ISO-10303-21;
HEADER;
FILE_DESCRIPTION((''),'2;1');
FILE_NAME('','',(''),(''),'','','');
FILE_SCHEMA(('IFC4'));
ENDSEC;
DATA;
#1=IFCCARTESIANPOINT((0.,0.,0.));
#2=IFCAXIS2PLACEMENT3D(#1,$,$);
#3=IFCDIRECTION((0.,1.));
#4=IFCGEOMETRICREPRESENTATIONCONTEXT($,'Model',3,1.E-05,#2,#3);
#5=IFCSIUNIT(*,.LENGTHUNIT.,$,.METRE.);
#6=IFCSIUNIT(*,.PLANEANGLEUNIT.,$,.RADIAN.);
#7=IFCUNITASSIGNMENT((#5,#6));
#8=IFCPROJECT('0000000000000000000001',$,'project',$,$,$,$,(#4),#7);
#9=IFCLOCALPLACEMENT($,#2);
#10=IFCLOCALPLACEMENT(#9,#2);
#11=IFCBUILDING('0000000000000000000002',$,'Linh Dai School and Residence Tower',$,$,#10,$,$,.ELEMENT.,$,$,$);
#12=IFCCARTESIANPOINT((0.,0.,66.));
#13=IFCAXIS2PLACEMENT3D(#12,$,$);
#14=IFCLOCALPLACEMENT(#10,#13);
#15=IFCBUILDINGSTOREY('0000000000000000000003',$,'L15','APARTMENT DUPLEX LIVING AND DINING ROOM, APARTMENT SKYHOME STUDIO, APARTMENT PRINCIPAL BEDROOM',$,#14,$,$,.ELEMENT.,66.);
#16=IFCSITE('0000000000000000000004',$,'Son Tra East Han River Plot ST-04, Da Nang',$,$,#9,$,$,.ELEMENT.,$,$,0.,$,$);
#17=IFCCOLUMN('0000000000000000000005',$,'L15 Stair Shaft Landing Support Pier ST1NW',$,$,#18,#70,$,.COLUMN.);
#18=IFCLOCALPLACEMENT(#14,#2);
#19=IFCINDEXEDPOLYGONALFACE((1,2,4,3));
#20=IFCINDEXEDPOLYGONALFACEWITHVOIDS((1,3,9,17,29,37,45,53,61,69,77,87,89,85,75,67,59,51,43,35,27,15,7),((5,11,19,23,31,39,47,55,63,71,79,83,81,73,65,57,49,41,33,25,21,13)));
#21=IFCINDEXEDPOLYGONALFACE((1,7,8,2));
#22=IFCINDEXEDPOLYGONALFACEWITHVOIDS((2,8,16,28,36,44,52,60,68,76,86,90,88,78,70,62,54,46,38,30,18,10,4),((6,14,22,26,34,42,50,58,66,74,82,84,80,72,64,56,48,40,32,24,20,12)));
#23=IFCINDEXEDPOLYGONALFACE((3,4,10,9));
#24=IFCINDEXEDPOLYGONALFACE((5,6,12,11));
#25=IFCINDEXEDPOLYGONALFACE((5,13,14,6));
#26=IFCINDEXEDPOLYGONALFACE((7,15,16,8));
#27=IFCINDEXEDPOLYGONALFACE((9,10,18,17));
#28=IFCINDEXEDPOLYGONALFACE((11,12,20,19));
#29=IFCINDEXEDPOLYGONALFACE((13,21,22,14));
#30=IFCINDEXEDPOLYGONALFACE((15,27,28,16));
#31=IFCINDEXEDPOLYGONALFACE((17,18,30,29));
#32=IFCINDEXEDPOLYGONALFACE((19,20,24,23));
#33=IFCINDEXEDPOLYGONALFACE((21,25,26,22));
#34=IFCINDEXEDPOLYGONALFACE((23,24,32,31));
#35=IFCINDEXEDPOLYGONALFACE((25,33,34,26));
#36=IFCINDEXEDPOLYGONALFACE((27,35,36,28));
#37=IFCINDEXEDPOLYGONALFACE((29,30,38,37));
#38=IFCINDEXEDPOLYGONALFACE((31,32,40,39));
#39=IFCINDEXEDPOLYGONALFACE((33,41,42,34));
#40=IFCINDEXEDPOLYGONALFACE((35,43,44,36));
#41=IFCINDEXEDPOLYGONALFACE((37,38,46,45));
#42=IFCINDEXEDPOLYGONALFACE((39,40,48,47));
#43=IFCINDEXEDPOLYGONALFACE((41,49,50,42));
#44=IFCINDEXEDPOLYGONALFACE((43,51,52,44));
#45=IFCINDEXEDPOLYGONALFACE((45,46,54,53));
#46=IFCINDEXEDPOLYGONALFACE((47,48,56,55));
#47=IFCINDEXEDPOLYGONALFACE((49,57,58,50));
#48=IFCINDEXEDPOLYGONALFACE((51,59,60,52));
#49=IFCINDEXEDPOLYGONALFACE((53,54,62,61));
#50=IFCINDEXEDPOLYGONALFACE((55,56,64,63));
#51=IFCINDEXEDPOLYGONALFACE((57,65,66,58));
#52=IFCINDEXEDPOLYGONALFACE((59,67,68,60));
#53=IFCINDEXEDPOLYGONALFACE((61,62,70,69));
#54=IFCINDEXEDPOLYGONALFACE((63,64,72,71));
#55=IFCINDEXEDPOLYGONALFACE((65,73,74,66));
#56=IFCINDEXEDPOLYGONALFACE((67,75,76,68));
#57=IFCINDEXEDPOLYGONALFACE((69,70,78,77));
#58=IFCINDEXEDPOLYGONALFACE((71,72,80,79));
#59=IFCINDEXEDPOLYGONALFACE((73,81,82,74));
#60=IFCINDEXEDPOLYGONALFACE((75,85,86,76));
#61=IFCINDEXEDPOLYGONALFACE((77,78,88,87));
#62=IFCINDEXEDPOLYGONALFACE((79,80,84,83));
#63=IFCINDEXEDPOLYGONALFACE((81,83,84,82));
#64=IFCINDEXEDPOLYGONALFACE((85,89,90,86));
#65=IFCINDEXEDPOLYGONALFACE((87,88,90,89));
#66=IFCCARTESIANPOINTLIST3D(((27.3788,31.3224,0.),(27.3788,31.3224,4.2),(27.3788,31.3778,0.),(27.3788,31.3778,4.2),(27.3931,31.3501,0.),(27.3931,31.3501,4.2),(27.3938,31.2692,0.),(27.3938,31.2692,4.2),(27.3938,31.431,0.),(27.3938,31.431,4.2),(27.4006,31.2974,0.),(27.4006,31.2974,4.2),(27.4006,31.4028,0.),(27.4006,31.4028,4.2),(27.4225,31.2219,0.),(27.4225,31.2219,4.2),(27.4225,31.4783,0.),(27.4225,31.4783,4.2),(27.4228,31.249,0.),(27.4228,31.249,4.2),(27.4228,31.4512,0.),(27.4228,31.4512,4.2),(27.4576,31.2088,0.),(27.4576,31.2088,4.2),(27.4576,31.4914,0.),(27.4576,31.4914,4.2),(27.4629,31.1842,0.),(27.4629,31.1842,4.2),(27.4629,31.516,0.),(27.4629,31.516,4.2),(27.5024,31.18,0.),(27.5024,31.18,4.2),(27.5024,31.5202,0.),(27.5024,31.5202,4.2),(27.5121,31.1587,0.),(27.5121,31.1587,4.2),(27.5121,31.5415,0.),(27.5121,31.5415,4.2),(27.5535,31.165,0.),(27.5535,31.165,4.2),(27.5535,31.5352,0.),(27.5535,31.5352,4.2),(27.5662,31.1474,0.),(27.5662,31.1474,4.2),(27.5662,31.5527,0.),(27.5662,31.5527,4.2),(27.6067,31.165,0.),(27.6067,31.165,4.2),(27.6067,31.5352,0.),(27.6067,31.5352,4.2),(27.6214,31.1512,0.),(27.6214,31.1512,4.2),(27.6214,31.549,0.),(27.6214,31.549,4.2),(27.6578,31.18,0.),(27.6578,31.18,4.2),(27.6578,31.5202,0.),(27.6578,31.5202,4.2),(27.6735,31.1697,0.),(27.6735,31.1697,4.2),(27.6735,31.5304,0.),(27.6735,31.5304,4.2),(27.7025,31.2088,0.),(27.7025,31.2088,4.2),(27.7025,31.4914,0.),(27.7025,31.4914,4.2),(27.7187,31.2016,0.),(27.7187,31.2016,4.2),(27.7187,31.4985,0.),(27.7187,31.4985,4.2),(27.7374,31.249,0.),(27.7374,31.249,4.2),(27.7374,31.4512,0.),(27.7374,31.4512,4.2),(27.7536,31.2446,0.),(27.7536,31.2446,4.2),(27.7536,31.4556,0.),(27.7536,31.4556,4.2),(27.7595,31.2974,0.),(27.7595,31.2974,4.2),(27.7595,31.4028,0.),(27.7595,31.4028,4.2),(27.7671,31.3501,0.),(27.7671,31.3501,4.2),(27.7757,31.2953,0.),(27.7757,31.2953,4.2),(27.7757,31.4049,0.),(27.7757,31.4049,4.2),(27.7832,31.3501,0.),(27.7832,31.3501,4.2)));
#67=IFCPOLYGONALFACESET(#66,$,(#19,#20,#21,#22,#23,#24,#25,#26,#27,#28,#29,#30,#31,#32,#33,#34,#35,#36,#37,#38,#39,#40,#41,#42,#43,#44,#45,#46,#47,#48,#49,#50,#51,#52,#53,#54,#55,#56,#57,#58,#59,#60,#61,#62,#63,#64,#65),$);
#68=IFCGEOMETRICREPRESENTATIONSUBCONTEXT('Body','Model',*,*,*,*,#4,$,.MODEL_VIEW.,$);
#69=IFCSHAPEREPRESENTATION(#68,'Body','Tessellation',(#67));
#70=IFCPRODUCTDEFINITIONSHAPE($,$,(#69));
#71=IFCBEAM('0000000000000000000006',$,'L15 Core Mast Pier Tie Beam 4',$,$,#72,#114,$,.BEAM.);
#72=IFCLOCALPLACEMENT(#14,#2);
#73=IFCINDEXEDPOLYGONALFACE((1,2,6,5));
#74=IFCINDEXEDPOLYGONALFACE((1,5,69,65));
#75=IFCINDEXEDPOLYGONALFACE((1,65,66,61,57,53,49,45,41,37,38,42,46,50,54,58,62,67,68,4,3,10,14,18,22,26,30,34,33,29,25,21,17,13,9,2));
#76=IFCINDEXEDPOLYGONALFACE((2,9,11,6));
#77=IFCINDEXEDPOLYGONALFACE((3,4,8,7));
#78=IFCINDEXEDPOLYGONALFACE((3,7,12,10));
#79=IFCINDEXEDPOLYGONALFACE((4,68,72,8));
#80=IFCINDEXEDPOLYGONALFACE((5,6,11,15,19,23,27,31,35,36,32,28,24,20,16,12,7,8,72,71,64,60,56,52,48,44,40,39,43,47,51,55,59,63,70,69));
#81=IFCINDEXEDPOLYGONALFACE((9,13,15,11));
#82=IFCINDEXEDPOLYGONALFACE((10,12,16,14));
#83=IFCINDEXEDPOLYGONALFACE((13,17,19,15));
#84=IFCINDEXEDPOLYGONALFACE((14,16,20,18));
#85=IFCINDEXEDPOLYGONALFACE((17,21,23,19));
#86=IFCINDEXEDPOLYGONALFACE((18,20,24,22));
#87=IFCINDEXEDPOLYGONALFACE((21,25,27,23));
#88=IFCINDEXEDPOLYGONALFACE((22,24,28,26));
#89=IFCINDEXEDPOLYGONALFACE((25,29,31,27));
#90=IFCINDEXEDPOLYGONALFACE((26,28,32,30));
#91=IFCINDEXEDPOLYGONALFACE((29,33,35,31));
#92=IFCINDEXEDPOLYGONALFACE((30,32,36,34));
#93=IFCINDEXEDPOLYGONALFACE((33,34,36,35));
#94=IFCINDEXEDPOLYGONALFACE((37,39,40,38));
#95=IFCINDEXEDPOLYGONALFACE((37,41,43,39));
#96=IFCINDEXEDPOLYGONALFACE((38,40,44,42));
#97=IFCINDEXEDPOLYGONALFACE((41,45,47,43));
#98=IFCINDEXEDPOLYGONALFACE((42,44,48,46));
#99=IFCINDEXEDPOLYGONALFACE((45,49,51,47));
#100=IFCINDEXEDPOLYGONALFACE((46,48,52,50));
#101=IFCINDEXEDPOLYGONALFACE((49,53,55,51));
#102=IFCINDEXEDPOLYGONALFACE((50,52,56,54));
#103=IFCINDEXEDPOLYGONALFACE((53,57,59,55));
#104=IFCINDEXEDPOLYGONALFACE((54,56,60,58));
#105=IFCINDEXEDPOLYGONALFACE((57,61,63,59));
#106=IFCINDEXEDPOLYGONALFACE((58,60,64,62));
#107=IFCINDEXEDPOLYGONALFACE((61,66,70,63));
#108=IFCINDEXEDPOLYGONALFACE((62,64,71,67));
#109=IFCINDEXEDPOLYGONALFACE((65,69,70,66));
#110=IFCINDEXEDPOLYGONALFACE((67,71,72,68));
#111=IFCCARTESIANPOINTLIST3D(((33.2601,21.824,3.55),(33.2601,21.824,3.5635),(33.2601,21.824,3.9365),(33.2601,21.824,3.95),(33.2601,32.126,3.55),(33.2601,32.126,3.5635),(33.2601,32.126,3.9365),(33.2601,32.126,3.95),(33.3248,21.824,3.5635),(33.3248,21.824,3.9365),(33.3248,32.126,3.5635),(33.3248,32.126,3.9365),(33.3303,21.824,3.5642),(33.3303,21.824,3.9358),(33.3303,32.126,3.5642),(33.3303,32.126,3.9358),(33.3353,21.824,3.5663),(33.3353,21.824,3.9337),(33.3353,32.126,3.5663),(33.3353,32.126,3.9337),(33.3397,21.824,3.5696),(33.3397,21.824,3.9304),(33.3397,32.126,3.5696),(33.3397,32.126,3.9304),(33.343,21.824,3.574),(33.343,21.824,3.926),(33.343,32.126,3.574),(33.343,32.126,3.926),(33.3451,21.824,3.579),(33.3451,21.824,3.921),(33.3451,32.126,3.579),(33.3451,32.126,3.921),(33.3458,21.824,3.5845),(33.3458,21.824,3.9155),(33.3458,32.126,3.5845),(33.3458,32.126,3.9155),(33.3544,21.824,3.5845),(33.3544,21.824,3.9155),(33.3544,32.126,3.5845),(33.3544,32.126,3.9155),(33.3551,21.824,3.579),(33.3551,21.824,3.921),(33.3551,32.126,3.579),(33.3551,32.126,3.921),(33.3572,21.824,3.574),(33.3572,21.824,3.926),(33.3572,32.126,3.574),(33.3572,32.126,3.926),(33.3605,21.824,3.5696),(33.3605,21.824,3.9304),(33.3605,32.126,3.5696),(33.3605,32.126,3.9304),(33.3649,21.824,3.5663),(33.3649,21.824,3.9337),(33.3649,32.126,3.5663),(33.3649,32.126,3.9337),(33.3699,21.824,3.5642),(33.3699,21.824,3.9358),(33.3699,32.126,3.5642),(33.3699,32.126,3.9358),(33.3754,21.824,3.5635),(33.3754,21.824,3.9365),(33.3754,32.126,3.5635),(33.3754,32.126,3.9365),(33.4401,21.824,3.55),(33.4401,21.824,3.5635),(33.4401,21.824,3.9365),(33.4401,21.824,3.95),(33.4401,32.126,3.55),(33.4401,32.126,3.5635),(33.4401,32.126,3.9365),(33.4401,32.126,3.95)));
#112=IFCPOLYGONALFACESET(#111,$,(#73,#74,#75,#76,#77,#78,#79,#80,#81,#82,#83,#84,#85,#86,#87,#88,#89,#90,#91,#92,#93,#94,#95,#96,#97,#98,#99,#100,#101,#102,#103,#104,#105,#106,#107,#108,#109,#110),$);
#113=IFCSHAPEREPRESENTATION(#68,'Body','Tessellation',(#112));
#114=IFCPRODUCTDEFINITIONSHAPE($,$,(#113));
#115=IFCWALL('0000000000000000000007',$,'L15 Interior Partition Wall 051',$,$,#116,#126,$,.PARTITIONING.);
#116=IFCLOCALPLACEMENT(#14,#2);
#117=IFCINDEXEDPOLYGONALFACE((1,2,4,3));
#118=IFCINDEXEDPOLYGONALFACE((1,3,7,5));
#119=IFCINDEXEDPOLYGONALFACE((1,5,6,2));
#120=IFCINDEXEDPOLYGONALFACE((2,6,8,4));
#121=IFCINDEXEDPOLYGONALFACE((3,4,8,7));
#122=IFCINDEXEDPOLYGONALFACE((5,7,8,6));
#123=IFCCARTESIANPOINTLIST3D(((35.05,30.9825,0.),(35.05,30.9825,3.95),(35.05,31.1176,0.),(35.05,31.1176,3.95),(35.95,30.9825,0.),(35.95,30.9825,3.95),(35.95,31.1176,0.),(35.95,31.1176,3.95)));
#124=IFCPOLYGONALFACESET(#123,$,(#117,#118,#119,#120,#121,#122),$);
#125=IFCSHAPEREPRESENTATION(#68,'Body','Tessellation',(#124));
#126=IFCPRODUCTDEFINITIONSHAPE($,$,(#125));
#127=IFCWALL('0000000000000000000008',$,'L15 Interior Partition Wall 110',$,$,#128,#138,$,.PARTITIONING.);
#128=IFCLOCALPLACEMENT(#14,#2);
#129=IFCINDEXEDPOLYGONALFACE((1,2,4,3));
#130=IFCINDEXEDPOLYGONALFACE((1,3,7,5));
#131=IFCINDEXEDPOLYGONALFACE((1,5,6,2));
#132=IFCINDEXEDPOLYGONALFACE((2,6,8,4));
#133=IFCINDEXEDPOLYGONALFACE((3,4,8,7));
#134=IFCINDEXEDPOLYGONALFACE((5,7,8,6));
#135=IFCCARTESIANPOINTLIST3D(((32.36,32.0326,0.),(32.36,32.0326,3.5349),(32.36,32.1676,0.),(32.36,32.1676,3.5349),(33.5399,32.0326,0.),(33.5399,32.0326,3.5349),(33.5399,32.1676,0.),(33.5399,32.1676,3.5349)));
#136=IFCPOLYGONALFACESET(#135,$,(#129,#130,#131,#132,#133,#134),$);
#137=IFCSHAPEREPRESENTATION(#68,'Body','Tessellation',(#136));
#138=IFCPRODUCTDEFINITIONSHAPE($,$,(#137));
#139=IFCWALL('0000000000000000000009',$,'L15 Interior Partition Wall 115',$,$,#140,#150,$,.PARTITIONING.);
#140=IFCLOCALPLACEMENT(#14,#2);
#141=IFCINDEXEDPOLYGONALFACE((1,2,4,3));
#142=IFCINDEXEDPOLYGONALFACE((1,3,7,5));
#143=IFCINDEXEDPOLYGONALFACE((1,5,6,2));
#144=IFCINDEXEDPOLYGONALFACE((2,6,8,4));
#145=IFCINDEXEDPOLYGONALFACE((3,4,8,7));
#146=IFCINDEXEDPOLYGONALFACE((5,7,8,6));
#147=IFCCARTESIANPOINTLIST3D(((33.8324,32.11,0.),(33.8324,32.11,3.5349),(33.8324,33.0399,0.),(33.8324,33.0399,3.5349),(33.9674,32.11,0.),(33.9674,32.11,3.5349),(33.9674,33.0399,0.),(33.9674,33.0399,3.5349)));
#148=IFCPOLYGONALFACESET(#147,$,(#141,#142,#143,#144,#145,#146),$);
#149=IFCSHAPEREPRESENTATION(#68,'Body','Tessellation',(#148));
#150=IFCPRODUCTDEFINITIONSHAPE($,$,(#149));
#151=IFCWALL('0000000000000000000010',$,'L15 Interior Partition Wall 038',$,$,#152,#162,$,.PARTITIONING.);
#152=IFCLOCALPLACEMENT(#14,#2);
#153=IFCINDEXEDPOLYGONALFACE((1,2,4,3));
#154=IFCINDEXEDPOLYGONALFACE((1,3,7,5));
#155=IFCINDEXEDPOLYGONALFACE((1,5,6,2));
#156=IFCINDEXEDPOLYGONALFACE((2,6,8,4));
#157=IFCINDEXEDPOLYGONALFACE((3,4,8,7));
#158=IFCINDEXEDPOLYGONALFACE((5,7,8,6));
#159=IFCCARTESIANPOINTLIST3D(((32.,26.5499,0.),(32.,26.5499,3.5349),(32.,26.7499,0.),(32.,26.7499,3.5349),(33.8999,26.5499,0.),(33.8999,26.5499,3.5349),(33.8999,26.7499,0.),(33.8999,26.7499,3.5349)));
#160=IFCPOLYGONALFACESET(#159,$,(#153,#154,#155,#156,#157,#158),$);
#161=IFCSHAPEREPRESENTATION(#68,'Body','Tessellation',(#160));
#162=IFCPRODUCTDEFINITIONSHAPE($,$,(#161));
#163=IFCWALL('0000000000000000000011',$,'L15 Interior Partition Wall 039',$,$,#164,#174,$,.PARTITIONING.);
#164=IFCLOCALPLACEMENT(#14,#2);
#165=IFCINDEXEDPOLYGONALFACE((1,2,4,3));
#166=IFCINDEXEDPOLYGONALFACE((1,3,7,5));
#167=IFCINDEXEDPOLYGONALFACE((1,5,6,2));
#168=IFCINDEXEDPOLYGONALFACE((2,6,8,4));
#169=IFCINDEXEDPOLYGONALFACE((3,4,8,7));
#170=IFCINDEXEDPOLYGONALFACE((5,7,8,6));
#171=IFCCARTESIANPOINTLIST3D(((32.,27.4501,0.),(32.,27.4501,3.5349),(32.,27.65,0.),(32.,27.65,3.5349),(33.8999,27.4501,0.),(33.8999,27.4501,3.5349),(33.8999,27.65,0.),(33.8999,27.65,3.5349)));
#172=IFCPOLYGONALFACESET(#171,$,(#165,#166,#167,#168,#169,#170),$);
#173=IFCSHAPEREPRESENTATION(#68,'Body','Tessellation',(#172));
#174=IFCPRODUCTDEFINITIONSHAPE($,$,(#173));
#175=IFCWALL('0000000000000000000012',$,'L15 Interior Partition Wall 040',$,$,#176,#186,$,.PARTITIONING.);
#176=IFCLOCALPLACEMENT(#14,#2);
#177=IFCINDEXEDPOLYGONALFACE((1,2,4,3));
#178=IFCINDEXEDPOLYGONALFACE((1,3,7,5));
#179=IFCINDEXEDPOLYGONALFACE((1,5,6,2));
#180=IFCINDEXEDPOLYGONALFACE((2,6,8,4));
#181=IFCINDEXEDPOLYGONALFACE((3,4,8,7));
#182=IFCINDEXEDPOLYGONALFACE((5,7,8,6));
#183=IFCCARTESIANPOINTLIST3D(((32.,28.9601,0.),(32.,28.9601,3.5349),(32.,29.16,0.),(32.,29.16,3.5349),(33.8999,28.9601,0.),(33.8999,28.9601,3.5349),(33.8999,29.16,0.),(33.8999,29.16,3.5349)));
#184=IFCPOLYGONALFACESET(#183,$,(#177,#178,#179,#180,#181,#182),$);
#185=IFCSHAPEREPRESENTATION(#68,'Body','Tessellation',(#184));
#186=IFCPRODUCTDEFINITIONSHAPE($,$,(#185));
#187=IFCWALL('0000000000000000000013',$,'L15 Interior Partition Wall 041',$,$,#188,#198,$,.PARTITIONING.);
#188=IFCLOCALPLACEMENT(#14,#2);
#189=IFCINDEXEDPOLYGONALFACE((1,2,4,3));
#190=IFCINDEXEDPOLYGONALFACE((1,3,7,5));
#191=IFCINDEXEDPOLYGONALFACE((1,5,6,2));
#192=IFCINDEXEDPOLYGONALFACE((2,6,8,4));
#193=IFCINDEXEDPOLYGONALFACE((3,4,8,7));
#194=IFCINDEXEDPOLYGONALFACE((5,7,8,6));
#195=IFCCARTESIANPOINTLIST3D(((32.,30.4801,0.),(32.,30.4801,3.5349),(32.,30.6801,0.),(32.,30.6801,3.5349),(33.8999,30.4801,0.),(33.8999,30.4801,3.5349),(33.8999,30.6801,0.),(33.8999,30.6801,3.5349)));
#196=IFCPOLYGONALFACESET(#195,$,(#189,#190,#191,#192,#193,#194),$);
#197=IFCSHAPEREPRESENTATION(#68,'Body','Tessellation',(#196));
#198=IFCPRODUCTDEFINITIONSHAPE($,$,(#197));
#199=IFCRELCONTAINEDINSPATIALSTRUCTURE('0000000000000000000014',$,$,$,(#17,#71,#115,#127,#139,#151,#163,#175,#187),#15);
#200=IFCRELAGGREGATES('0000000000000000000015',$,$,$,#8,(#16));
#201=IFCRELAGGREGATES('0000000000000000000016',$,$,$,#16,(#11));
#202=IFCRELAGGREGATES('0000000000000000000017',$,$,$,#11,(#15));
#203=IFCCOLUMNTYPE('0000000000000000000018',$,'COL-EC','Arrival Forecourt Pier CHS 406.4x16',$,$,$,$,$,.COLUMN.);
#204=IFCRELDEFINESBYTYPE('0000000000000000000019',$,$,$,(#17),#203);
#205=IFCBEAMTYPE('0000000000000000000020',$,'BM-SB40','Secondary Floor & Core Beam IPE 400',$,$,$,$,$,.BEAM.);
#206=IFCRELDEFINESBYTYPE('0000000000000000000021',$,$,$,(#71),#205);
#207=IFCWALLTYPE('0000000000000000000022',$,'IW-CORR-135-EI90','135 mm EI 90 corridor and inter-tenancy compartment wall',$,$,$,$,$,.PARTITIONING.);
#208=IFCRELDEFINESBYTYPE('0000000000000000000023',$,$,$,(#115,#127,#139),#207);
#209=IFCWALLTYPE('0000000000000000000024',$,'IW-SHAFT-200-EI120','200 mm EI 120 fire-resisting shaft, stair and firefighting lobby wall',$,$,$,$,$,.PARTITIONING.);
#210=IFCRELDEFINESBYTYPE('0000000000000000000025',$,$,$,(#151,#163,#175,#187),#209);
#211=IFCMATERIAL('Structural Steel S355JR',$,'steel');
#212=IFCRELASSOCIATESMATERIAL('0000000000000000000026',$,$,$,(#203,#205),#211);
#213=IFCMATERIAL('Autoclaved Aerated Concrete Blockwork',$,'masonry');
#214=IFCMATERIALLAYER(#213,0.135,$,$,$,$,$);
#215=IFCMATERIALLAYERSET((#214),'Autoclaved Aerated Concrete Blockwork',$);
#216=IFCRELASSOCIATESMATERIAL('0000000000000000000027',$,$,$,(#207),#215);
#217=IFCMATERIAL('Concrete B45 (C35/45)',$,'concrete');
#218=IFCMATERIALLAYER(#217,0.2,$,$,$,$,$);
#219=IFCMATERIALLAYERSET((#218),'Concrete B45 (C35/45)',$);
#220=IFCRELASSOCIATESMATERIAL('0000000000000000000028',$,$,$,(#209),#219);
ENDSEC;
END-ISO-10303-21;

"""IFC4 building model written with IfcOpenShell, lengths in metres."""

from ifc_helpers import new_model, si_unit, direction, frame, frame_2d, origin, origin_2d, place, context, subcontext, project, spatial, rectangle, hollow_circle, i_section, extrude, material, layer, layer_set, material_profile, profile_set, type_object, element, save


model = new_model("IFC4")

# Units and contexts
model_context = context("Model", 3, precision=1e-05, world=origin(), true_north=direction((0.0, 1.0)))
body_context = subcontext(model_context, "Body", "Model", "MODEL_VIEW")
ifc_project = project(units=[si_unit("LENGTHUNIT", "METRE"), si_unit("PLANEANGLEUNIT", "RADIAN")], contexts=[model_context])

# Site, building, storey
site_placement = place(None, origin())
site = spatial("IfcSite", under=ifc_project, at=site_placement, Name="Son Tra East Han River Plot ST-04, Da Nang", CompositionType="ELEMENT", RefElevation=0.0)
building_placement = place(site_placement, origin())
building = spatial("IfcBuilding", under=site, at=building_placement, Name="Linh Dai School and Residence Tower", CompositionType="ELEMENT")
storey_placement = place(building_placement, frame((0.0, 0.0, 66.0)))
storey = spatial("IfcBuildingStorey", under=building, at=storey_placement, Name="L15", Description="APARTMENT DUPLEX LIVING AND DINING ROOM, APARTMENT SKYHOME STUDIO, APARTMENT PRINCIPAL BEDROOM", CompositionType="ELEMENT", Elevation=66.0)

# Column
ifc_material_1 = material(Name="Structural Steel S355JR", Category="steel")
ifc_material_profile_1 = material_profile(ifc_material_1, hollow_circle(Radius=0.2031, WallThickness=0.0161, at=origin_2d()), Name="CHS 406.4x16")
ifc_profile_set_1 = profile_set([ifc_material_profile_1], Name="Structural Steel S355JR")
column_type = type_object("IfcColumnType", Name="COL-EC", Description="Arrival Forecourt Pier CHS 406.4x16", PredefinedType="COLUMN", material=ifc_profile_set_1)
column_placement = place(storey_placement, frame((27.5801, 31.3501, 0.0), z_axis=(0.0, 0.0, 1.0), x_axis=(1.0, 0.0, 0.0)))
element("IfcColumn", 1, at=column_placement, inside=storey, type_object=column_type, Name="L15 Stair Shaft Landing Support Pier ST1NW", PredefinedType="COLUMN", context=body_context, shape_type="SweptSolid", body=[
    extrude(hollow_circle(Radius=0.2031, WallThickness=0.0161, at=origin_2d()), origin(), (0.0, 0.0, 1.0), 4.2),
])

# Beam
ifc_material_profile_2 = material_profile(ifc_material_1, i_section(OverallWidth=0.1799, OverallDepth=0.3999, WebThickness=0.0085, FlangeThickness=0.0134, FilletRadius=0.021, at=origin_2d()), Name="IPE 400")
ifc_profile_set_2 = profile_set([ifc_material_profile_2], Name="Structural Steel S355JR")
beam_type = type_object("IfcBeamType", Name="BM-SB40", Description="Secondary Floor & Core Beam IPE 400", PredefinedType="BEAM", material=ifc_profile_set_2)
beam_placement = place(storey_placement, frame((33.3501, 32.126, 3.75), z_axis=(0.0, -1.0, 0.0), x_axis=(1.0, 0.0, 0.0)))
element("IfcBeam", 2, at=beam_placement, inside=storey, type_object=beam_type, Name="L15 Core Mast Pier Tie Beam 4", PredefinedType="BEAM", context=body_context, shape_type="SweptSolid", body=[
    extrude(i_section(OverallWidth=0.1799, OverallDepth=0.3999, WebThickness=0.0085, FlangeThickness=0.0134, FilletRadius=0.021, at=origin_2d()), origin(), (0.0, 0.0, 1.0), 10.302),
])

# Shared definitions
ifc_material_2 = material(Name="Autoclaved Aerated Concrete Blockwork", Category="masonry")
ifc_layer_1 = layer(ifc_material_2, 0.135)
ifc_layer_set_1 = layer_set([ifc_layer_1], Name="Autoclaved Aerated Concrete Blockwork")
wall_type_1 = type_object("IfcWallType", Name="IW-CORR-135-EI90", Description="135 mm EI 90 corridor and inter-tenancy compartment wall", PredefinedType="PARTITIONING", material=ifc_layer_set_1)

# Walls
wall_1_placement = place(storey_placement, frame((35.05, 31.05, 0.0), z_axis=(0.0, 0.0, 1.0), x_axis=(1.0, 0.0, 0.0)))
element("IfcWall", 3, at=wall_1_placement, inside=storey, type_object=wall_type_1, Name="L15 Interior Partition Wall 051", PredefinedType="PARTITIONING", context=body_context, shape_type="SweptSolid", body=[
    extrude(rectangle(XDim=0.8999, YDim=0.135, at=frame_2d((0.45, 0.0))), origin(), (0.0, 0.0, 1.0), 3.95),
])
wall_2_placement = place(storey_placement, frame((32.3601, 32.1001, 0.0), z_axis=(0.0, 0.0, 1.0), x_axis=(1.0, 0.0, 0.0)))
element("IfcWall", 4, at=wall_2_placement, inside=storey, type_object=wall_type_1, Name="L15 Interior Partition Wall 110", PredefinedType="PARTITIONING", context=body_context, shape_type="SweptSolid", body=[
    extrude(rectangle(XDim=1.1799, YDim=0.135, at=frame_2d((0.5898, 0.0))), origin(), (0.0, 0.0, 1.0), 3.5349),
])
wall_3_placement = place(storey_placement, frame((33.8999, 32.1101, 0.0), z_axis=(0.0, 0.0, 1.0), x_axis=(0.0, 1.0, 0.0)))
element("IfcWall", 5, at=wall_3_placement, inside=storey, type_object=wall_type_1, Name="L15 Interior Partition Wall 115", PredefinedType="PARTITIONING", context=body_context, shape_type="SweptSolid", body=[
    extrude(rectangle(XDim=0.9299, YDim=0.135, at=frame_2d((0.4648, 0.0))), origin(), (0.0, 0.0, 1.0), 3.5349),
])
ifc_material_3 = material(Name="Concrete B45 (C35/45)", Category="concrete")
ifc_layer_2 = layer(ifc_material_3, 0.2)
ifc_layer_set_2 = layer_set([ifc_layer_2], Name="Concrete B45 (C35/45)")
wall_type_2 = type_object("IfcWallType", Name="IW-SHAFT-200-EI120", Description="200 mm EI 120 fire-resisting shaft, stair and firefighting lobby wall", PredefinedType="PARTITIONING", material=ifc_layer_set_2)
for number, where, z_axis, x_axis, name in (
    (6, (32.0, 26.6499, 0.0), (0.0, 0.0, 1.0), (1.0, 0.0, 0.0), "L15 Interior Partition Wall 038"),
    (7, (32.0, 27.55, 0.0), (0.0, 0.0, 1.0), (1.0, 0.0, 0.0), "L15 Interior Partition Wall 039"),
    (8, (32.0, 29.0601, 0.0), (0.0, 0.0, 1.0), (1.0, 0.0, 0.0), "L15 Interior Partition Wall 040"),
    (9, (32.0, 30.5801, 0.0), (0.0, 0.0, 1.0), (1.0, 0.0, 0.0), "L15 Interior Partition Wall 041"),
):
    element("IfcWall", number, at=place(storey_placement, frame(where, z_axis=z_axis, x_axis=x_axis)), inside=storey, type_object=wall_type_2, Name=name, PredefinedType="PARTITIONING", context=body_context, shape_type="SweptSolid", body=[
        extrude(rectangle(XDim=1.8999, YDim=0.2, at=frame_2d((0.95, 0.0))), origin(), (0.0, 0.0, 1.0), 3.5349),
    ])

save(model, "model.ifc")
